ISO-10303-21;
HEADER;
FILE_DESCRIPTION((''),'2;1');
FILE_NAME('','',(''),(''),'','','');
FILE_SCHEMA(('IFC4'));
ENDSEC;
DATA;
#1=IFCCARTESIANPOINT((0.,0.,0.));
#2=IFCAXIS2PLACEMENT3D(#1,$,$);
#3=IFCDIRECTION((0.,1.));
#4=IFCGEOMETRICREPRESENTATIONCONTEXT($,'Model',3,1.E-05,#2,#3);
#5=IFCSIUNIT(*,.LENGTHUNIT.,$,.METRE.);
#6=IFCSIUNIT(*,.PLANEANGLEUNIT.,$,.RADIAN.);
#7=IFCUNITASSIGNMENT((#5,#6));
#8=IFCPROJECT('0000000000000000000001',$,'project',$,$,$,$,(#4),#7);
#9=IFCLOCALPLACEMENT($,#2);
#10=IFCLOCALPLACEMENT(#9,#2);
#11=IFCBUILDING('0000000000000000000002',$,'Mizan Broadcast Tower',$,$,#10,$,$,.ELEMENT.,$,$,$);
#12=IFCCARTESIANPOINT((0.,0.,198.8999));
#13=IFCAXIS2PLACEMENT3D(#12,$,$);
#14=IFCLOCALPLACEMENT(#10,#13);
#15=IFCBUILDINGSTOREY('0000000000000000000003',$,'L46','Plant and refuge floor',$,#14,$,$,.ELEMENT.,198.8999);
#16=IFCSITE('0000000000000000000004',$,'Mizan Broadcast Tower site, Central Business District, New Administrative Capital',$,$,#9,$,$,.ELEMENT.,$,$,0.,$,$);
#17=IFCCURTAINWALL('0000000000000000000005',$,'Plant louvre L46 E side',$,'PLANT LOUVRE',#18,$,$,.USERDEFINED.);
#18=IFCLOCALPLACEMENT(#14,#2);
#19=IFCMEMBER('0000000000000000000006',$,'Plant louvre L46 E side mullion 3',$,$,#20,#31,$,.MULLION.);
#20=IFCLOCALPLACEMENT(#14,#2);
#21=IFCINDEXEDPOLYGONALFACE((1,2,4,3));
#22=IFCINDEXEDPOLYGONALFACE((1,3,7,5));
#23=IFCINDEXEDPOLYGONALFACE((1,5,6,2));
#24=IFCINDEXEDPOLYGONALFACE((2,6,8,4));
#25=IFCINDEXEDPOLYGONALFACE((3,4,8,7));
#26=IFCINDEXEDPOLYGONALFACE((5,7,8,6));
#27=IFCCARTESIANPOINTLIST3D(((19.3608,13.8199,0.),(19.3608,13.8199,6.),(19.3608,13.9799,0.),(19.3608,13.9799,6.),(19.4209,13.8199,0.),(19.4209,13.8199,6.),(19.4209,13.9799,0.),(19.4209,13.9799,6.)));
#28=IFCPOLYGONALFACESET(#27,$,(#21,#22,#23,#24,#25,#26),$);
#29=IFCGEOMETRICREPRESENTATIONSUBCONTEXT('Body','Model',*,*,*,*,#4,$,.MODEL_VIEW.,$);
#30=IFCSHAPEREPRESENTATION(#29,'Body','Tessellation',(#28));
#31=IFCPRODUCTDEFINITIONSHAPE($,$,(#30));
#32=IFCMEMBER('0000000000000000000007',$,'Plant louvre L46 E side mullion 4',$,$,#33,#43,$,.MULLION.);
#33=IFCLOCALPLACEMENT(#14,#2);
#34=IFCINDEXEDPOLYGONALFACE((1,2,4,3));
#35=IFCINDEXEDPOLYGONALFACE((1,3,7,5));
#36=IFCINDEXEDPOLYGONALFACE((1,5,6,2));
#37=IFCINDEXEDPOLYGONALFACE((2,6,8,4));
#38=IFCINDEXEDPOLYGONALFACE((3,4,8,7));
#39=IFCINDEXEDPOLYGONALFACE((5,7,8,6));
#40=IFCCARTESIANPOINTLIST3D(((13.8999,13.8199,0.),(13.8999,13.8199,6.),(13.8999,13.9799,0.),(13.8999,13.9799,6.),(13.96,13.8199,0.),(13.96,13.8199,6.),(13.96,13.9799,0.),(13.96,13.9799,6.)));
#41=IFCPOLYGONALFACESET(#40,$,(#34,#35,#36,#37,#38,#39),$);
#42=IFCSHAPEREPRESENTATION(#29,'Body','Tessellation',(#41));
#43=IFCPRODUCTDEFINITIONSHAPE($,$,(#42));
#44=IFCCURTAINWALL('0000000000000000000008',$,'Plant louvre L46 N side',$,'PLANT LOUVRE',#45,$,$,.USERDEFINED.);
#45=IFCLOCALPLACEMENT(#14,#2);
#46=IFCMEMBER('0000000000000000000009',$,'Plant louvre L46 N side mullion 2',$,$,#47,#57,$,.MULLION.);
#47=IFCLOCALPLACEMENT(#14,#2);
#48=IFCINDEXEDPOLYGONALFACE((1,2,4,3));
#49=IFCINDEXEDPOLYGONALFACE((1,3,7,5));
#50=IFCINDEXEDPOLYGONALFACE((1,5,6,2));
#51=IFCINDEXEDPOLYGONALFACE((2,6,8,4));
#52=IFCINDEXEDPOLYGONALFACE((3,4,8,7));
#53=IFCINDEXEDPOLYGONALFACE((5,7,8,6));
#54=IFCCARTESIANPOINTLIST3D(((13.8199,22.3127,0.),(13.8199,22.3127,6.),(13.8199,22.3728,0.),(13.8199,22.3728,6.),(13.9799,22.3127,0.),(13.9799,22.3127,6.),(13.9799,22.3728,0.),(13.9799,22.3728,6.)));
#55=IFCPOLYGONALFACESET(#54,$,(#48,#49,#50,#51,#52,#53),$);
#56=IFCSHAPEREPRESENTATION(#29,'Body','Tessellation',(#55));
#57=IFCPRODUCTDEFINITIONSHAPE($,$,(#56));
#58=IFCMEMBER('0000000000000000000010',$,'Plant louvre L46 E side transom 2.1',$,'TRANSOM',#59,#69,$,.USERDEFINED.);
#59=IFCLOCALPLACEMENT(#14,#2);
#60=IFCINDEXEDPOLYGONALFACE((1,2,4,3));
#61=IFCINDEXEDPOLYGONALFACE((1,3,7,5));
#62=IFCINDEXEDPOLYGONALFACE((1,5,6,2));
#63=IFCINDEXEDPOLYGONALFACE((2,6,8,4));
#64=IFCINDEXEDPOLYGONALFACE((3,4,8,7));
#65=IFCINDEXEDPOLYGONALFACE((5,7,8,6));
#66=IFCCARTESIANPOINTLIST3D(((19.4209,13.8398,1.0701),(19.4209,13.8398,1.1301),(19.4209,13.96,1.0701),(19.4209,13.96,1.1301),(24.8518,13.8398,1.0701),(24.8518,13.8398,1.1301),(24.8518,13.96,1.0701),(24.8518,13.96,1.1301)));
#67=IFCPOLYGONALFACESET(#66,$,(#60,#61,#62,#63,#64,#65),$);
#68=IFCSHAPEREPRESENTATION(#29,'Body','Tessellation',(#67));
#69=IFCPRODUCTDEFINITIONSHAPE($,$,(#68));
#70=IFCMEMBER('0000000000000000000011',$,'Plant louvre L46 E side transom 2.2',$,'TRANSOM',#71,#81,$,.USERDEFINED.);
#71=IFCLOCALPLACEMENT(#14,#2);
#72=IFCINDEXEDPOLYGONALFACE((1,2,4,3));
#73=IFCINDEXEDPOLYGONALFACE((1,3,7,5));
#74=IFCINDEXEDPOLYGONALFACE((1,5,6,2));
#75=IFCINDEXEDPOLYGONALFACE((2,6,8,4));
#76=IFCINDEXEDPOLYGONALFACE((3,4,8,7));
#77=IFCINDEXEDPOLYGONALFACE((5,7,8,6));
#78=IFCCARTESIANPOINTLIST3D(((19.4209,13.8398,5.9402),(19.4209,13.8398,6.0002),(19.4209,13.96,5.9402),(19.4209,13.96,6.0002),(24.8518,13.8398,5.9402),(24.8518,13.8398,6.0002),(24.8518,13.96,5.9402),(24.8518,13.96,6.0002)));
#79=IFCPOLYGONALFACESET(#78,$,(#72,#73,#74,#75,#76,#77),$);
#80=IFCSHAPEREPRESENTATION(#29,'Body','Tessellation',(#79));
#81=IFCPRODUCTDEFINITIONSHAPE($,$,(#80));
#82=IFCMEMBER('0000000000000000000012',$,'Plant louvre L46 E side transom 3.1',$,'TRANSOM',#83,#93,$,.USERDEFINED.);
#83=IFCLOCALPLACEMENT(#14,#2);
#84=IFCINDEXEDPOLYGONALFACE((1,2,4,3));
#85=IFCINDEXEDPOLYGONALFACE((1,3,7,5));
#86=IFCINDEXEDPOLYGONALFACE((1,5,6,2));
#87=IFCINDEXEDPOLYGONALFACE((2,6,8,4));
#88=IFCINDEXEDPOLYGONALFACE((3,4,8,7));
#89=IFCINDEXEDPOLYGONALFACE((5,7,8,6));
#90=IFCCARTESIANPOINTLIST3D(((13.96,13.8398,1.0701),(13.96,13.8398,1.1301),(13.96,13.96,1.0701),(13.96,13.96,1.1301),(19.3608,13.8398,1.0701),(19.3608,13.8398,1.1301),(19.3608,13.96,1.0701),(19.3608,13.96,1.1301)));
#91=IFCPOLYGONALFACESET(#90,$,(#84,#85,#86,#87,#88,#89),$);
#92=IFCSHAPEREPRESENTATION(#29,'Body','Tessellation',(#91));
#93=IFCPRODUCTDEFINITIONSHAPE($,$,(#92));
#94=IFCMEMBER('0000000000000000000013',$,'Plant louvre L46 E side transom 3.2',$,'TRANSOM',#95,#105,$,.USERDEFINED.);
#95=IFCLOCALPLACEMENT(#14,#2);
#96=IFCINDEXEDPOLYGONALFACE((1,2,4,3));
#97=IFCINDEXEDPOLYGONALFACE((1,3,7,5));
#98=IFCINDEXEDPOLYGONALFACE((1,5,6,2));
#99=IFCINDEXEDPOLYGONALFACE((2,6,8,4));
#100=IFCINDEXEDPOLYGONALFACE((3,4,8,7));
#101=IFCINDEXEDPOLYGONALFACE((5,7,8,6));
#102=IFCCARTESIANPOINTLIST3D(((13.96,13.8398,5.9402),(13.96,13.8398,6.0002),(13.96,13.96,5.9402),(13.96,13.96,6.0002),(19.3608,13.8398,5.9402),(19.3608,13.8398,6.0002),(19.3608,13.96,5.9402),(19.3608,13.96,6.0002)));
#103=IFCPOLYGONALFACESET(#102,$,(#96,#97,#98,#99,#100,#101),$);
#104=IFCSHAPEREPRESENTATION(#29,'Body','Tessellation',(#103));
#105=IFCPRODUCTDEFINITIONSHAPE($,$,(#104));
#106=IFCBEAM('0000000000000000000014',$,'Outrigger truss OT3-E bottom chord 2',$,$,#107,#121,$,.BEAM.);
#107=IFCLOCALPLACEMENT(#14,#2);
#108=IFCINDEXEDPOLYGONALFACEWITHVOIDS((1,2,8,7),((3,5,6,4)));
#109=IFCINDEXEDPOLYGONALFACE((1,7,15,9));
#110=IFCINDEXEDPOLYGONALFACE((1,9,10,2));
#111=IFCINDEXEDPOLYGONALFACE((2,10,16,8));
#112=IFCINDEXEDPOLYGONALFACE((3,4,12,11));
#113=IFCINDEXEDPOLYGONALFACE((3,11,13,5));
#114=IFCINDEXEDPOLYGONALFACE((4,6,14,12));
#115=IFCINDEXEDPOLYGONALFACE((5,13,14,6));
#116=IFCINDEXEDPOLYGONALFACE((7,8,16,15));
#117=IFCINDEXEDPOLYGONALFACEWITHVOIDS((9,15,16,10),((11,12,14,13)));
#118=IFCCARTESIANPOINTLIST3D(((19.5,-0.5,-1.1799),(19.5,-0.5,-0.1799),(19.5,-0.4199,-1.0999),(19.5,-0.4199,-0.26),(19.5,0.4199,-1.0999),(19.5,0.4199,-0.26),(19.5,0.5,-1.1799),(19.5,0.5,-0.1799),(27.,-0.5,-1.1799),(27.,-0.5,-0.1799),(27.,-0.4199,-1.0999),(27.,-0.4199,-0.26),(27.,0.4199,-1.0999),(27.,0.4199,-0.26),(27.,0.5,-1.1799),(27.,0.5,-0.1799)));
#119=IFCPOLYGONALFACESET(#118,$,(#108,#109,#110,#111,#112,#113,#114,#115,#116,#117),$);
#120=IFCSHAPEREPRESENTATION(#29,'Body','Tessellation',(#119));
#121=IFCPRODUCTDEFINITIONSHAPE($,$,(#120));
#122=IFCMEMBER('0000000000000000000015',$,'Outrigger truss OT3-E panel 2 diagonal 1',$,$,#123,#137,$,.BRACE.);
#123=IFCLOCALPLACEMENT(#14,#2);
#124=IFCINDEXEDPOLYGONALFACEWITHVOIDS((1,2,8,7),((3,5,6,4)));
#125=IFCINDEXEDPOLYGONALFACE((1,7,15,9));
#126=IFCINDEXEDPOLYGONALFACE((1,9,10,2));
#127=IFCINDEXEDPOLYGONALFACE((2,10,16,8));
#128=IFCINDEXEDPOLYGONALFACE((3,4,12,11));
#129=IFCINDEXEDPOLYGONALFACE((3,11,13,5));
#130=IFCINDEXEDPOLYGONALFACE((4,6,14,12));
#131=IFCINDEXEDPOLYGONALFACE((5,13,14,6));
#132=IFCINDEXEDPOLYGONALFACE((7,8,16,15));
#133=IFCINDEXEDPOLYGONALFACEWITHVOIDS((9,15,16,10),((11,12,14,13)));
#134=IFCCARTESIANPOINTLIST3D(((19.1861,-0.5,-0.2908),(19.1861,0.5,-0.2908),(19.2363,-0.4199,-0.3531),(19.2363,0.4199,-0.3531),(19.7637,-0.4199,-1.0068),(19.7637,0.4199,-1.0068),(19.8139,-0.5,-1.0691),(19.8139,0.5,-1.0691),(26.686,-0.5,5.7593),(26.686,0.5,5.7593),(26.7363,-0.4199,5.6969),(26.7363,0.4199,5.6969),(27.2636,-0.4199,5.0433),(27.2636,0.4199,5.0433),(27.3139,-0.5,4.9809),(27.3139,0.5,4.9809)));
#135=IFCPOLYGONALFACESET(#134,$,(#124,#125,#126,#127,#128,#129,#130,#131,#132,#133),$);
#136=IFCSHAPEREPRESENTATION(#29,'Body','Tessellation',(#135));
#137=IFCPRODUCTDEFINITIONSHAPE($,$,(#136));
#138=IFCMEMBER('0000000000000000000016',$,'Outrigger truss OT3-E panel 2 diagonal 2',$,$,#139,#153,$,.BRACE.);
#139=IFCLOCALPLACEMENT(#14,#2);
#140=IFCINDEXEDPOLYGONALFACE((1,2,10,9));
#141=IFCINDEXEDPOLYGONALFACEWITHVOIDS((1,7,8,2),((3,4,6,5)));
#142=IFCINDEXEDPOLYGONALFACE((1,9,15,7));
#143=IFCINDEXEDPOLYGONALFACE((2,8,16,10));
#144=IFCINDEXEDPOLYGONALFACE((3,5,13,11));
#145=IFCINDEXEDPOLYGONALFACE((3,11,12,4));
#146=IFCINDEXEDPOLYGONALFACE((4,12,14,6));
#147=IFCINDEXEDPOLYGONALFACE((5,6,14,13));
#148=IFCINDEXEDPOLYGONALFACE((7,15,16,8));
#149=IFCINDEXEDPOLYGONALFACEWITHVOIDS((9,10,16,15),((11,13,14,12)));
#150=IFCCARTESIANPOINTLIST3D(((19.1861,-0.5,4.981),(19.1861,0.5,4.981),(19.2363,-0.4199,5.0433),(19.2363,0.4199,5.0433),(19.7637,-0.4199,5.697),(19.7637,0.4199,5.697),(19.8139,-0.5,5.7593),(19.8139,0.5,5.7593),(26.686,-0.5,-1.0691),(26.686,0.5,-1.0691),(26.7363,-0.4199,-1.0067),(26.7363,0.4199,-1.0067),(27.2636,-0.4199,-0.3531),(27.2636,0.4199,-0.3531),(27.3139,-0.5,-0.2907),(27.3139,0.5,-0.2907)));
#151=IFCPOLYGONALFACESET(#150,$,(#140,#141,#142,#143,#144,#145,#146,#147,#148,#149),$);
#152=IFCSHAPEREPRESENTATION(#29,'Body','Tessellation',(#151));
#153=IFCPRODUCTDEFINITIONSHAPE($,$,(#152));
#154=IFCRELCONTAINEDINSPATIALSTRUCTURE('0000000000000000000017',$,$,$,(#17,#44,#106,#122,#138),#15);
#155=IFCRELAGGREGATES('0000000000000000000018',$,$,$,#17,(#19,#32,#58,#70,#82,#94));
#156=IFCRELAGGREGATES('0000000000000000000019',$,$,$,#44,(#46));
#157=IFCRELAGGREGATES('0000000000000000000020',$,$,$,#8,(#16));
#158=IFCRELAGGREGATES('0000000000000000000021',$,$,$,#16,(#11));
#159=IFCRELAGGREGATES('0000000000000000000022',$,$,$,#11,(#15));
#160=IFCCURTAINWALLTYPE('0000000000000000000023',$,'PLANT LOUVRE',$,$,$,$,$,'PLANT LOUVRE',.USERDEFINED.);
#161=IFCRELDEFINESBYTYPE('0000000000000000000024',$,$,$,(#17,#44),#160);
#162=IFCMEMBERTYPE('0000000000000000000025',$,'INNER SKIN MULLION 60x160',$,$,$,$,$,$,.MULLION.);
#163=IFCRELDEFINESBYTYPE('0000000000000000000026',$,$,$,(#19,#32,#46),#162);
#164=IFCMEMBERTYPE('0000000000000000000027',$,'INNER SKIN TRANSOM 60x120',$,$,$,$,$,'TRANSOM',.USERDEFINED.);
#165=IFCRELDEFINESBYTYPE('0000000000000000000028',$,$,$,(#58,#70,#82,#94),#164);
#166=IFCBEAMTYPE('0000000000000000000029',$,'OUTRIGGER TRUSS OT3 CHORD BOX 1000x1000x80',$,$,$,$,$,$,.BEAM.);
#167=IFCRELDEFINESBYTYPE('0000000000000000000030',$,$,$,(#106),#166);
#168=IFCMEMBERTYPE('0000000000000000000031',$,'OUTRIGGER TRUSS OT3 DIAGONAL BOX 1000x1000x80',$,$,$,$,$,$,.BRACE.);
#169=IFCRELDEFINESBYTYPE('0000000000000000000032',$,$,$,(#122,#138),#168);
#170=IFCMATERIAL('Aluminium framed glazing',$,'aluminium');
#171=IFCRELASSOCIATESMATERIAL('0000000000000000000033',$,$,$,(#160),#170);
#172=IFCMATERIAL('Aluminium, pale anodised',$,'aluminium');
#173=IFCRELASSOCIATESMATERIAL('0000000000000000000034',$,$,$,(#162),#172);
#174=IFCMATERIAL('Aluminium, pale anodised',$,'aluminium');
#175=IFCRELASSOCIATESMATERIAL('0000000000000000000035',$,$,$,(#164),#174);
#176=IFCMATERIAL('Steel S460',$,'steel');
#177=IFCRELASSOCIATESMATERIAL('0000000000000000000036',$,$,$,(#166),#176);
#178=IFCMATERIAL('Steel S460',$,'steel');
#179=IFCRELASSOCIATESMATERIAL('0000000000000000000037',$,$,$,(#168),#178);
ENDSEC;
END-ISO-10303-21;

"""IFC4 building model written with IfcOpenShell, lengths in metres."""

from ifc_helpers import new_model, si_unit, direction, frame, origin, origin_2d, place, context, subcontext, project, spatial, rectangle, hollow_rectangle, extrude, material, material_profile, profile_set, type_object, element, aggregate, save


model = new_model("IFC4")

# Units and contexts
model_context = context("Model", 3, precision=1e-05, world=origin(), true_north=direction((0.0, 1.0)))
body_context = subcontext(model_context, "Body", "Model", "MODEL_VIEW")
ifc_project = project(units=[si_unit("LENGTHUNIT", "METRE"), si_unit("PLANEANGLEUNIT", "RADIAN")], contexts=[model_context])

# Site, building, storey
site_placement = place(None, origin())
site = spatial("IfcSite", under=ifc_project, at=site_placement, Name="Mizan Broadcast Tower site, Central Business District, New Administrative Capital", CompositionType="ELEMENT", RefElevation=0.0)
building_placement = place(site_placement, origin())
building = spatial("IfcBuilding", under=site, at=building_placement, Name="Mizan Broadcast Tower", CompositionType="ELEMENT")
storey_placement = place(building_placement, frame((0.0, 0.0, 198.8999)))
storey = spatial("IfcBuildingStorey", under=building, at=storey_placement, Name="L46", Description="Plant and refuge floor", CompositionType="ELEMENT", Elevation=198.8999)

# Curtain wall, members
ifc_material_1 = material(Name="Aluminium framed glazing", Category="aluminium")
curtain_wall_type = type_object("IfcCurtainWallType", Name="PLANT LOUVRE", ElementType="PLANT LOUVRE", PredefinedType="USERDEFINED", material=ifc_material_1)
curtain_wall_1_placement = place(storey_placement, origin())
curtain_wall_1 = element("IfcCurtainWall", 1, at=curtain_wall_1_placement, inside=storey, type_object=curtain_wall_type, Name="Plant louvre L46 E side", ObjectType="PLANT LOUVRE", PredefinedType="USERDEFINED")
ifc_material_2 = material(Name="Aluminium, pale anodised", Category="aluminium")
ifc_material_profile_1 = material_profile(ifc_material_2, rectangle(XDim=0.1599, YDim=0.0601, at=origin_2d()), Name="MULLION 160x60")
ifc_profile_set_1 = profile_set([ifc_material_profile_1], Name="Aluminium, pale anodised")
member_type_1 = type_object("IfcMemberType", Name="INNER SKIN MULLION 60x160", PredefinedType="MULLION", material=ifc_profile_set_1)
member_1_placement = place(storey_placement, frame((19.3909, 13.8999, 0.0), z_axis=(0.0, 0.0, 1.0), x_axis=(0.0, -1.0, 0.0)))
member_1 = element("IfcMember", 2, at=member_1_placement, type_object=member_type_1, Name="Plant louvre L46 E side mullion 3", PredefinedType="MULLION", context=body_context, shape_type="SweptSolid", body=[
    extrude(rectangle(XDim=0.1599, YDim=0.0601, at=origin_2d()), origin(), (0.0, 0.0, 1.0), 6.0),
])
member_2_placement = place(storey_placement, frame((13.9299, 13.8999, 0.0), z_axis=(0.0, 0.0, 1.0), x_axis=(0.0, -1.0, 0.0)))
member_2 = element("IfcMember", 3, at=member_2_placement, type_object=member_type_1, Name="Plant louvre L46 E side mullion 4", PredefinedType="MULLION", context=body_context, shape_type="SweptSolid", body=[
    extrude(rectangle(XDim=0.1599, YDim=0.0601, at=origin_2d()), origin(), (0.0, 0.0, 1.0), 6.0),
])

# Curtain wall, member
curtain_wall_2_placement = place(storey_placement, origin())
curtain_wall_2 = element("IfcCurtainWall", 4, at=curtain_wall_2_placement, inside=storey, type_object=curtain_wall_type, Name="Plant louvre L46 N side", ObjectType="PLANT LOUVRE", PredefinedType="USERDEFINED")
member_3_placement = place(storey_placement, frame((13.8999, 22.3428, 0.0), z_axis=(0.0, 0.0, 1.0), x_axis=(-1.0, 0.0, 0.0)))
member_3 = element("IfcMember", 5, at=member_3_placement, type_object=member_type_1, Name="Plant louvre L46 N side mullion 2", PredefinedType="MULLION", context=body_context, shape_type="SweptSolid", body=[
    extrude(rectangle(XDim=0.1599, YDim=0.0601, at=origin_2d()), origin(), (0.0, 0.0, 1.0), 6.0),
])

# Members
ifc_material_3 = material(Name="Aluminium, pale anodised", Category="aluminium")
ifc_material_profile_2 = material_profile(ifc_material_3, rectangle(XDim=0.1201, YDim=0.0601, at=origin_2d()), Name="TRANSOM 120x60")
ifc_profile_set_2 = profile_set([ifc_material_profile_2], Name="Aluminium, pale anodised")
member_type_2 = type_object("IfcMemberType", Name="INNER SKIN TRANSOM 60x120", ElementType="TRANSOM", PredefinedType="USERDEFINED", material=ifc_profile_set_2)
member_4_placement = place(storey_placement, frame((24.8518, 13.8999, 1.1001), z_axis=(-1.0, 0.0, 0.0), x_axis=(0.0, -1.0, 0.0)))
member_4 = element("IfcMember", 6, at=member_4_placement, type_object=member_type_2, Name="Plant louvre L46 E side transom 2.1", ObjectType="TRANSOM", PredefinedType="USERDEFINED", context=body_context, shape_type="SweptSolid", body=[
    extrude(rectangle(XDim=0.1201, YDim=0.0601, at=origin_2d()), origin(), (0.0, 0.0, 1.0), 5.4309),
])
member_5_placement = place(storey_placement, frame((24.8518, 13.8999, 5.9702), z_axis=(-1.0, 0.0, 0.0), x_axis=(0.0, -1.0, 0.0)))
member_5 = element("IfcMember", 7, at=member_5_placement, type_object=member_type_2, Name="Plant louvre L46 E side transom 2.2", ObjectType="TRANSOM", PredefinedType="USERDEFINED", context=body_context, shape_type="SweptSolid", body=[
    extrude(rectangle(XDim=0.1201, YDim=0.0601, at=origin_2d()), origin(), (0.0, 0.0, 1.0), 5.4309),
])
member_6_placement = place(storey_placement, frame((19.3608, 13.8999, 1.1001), z_axis=(-1.0, 0.0, 0.0), x_axis=(0.0, -1.0, 0.0)))
member_6 = element("IfcMember", 8, at=member_6_placement, type_object=member_type_2, Name="Plant louvre L46 E side transom 3.1", ObjectType="TRANSOM", PredefinedType="USERDEFINED", context=body_context, shape_type="SweptSolid", body=[
    extrude(rectangle(XDim=0.1201, YDim=0.0601, at=origin_2d()), origin(), (0.0, 0.0, 1.0), 5.4009),
])
member_7_placement = place(storey_placement, frame((19.3608, 13.8999, 5.9702), z_axis=(-1.0, 0.0, 0.0), x_axis=(0.0, -1.0, 0.0)))
member_7 = element("IfcMember", 9, at=member_7_placement, type_object=member_type_2, Name="Plant louvre L46 E side transom 3.2", ObjectType="TRANSOM", PredefinedType="USERDEFINED", context=body_context, shape_type="SweptSolid", body=[
    extrude(rectangle(XDim=0.1201, YDim=0.0601, at=origin_2d()), origin(), (0.0, 0.0, 1.0), 5.4009),
])

# Beam
ifc_material_4 = material(Name="Steel S460", Category="steel")
ifc_material_profile_3 = material_profile(ifc_material_4, hollow_rectangle(XDim=1.0, YDim=1.0, WallThickness=0.0801, at=origin_2d()), Name="BOX 1000x1000x80")
ifc_profile_set_3 = profile_set([ifc_material_profile_3], Name="Steel S460")
beam_type_1 = type_object("IfcBeamType", Name="OUTRIGGER TRUSS OT3 CHORD BOX 1000x1000x80", PredefinedType="BEAM", material=ifc_profile_set_3)
beam_1_placement = place(storey_placement, frame((19.5, 0.0, -0.6799), z_axis=(1.0, 0.0, 0.0), x_axis=(0.0, 1.0, 0.0)))
element("IfcBeam", 10, at=beam_1_placement, inside=storey, type_object=beam_type_1, Name="Outrigger truss OT3-E bottom chord 2", PredefinedType="BEAM", context=body_context, shape_type="SweptSolid", body=[
    extrude(hollow_rectangle(XDim=1.0, YDim=1.0, WallThickness=0.0801, at=origin_2d()), origin(), (0.0, 0.0, 1.0), 7.5),
])

# Members
ifc_material_5 = material(Name="Steel S460", Category="steel")
ifc_material_profile_4 = material_profile(ifc_material_5, hollow_rectangle(XDim=1.0, YDim=1.0, WallThickness=0.0801, at=origin_2d()), Name="BOX 1000x1000x80")
ifc_profile_set_4 = profile_set([ifc_material_profile_4], Name="Steel S460")
member_type_3 = type_object("IfcMemberType", Name="OUTRIGGER TRUSS OT3 DIAGONAL BOX 1000x1000x80", PredefinedType="BRACE", material=ifc_profile_set_4)
for number, where, z_axis, x_axis, name in (
    (11, (19.5, 0.0, -0.6799), (0.778329, 0.0, 0.627857), (0.0, 1.0, 0.0), "Outrigger truss OT3-E panel 2 diagonal 1"),
    (12, (19.5, 0.0, 5.3701), (0.778329, 0.0, -0.627857), (0.0, 1.0, 0.0), "Outrigger truss OT3-E panel 2 diagonal 2"),
):
    element("IfcMember", number, at=place(storey_placement, frame(where, z_axis=z_axis, x_axis=x_axis)), inside=storey, type_object=member_type_3, Name=name, PredefinedType="BRACE", context=body_context, shape_type="SweptSolid", body=[
        extrude(hollow_rectangle(XDim=1.0, YDim=1.0, WallThickness=0.0801, at=origin_2d()), origin(), (0.0, 0.0, 1.0), 9.636),
    ])

aggregate(curtain_wall_1, [member_1, member_2, member_4, member_5, member_6, member_7])
aggregate(curtain_wall_2, [member_3])

save(model, "model.ifc")
